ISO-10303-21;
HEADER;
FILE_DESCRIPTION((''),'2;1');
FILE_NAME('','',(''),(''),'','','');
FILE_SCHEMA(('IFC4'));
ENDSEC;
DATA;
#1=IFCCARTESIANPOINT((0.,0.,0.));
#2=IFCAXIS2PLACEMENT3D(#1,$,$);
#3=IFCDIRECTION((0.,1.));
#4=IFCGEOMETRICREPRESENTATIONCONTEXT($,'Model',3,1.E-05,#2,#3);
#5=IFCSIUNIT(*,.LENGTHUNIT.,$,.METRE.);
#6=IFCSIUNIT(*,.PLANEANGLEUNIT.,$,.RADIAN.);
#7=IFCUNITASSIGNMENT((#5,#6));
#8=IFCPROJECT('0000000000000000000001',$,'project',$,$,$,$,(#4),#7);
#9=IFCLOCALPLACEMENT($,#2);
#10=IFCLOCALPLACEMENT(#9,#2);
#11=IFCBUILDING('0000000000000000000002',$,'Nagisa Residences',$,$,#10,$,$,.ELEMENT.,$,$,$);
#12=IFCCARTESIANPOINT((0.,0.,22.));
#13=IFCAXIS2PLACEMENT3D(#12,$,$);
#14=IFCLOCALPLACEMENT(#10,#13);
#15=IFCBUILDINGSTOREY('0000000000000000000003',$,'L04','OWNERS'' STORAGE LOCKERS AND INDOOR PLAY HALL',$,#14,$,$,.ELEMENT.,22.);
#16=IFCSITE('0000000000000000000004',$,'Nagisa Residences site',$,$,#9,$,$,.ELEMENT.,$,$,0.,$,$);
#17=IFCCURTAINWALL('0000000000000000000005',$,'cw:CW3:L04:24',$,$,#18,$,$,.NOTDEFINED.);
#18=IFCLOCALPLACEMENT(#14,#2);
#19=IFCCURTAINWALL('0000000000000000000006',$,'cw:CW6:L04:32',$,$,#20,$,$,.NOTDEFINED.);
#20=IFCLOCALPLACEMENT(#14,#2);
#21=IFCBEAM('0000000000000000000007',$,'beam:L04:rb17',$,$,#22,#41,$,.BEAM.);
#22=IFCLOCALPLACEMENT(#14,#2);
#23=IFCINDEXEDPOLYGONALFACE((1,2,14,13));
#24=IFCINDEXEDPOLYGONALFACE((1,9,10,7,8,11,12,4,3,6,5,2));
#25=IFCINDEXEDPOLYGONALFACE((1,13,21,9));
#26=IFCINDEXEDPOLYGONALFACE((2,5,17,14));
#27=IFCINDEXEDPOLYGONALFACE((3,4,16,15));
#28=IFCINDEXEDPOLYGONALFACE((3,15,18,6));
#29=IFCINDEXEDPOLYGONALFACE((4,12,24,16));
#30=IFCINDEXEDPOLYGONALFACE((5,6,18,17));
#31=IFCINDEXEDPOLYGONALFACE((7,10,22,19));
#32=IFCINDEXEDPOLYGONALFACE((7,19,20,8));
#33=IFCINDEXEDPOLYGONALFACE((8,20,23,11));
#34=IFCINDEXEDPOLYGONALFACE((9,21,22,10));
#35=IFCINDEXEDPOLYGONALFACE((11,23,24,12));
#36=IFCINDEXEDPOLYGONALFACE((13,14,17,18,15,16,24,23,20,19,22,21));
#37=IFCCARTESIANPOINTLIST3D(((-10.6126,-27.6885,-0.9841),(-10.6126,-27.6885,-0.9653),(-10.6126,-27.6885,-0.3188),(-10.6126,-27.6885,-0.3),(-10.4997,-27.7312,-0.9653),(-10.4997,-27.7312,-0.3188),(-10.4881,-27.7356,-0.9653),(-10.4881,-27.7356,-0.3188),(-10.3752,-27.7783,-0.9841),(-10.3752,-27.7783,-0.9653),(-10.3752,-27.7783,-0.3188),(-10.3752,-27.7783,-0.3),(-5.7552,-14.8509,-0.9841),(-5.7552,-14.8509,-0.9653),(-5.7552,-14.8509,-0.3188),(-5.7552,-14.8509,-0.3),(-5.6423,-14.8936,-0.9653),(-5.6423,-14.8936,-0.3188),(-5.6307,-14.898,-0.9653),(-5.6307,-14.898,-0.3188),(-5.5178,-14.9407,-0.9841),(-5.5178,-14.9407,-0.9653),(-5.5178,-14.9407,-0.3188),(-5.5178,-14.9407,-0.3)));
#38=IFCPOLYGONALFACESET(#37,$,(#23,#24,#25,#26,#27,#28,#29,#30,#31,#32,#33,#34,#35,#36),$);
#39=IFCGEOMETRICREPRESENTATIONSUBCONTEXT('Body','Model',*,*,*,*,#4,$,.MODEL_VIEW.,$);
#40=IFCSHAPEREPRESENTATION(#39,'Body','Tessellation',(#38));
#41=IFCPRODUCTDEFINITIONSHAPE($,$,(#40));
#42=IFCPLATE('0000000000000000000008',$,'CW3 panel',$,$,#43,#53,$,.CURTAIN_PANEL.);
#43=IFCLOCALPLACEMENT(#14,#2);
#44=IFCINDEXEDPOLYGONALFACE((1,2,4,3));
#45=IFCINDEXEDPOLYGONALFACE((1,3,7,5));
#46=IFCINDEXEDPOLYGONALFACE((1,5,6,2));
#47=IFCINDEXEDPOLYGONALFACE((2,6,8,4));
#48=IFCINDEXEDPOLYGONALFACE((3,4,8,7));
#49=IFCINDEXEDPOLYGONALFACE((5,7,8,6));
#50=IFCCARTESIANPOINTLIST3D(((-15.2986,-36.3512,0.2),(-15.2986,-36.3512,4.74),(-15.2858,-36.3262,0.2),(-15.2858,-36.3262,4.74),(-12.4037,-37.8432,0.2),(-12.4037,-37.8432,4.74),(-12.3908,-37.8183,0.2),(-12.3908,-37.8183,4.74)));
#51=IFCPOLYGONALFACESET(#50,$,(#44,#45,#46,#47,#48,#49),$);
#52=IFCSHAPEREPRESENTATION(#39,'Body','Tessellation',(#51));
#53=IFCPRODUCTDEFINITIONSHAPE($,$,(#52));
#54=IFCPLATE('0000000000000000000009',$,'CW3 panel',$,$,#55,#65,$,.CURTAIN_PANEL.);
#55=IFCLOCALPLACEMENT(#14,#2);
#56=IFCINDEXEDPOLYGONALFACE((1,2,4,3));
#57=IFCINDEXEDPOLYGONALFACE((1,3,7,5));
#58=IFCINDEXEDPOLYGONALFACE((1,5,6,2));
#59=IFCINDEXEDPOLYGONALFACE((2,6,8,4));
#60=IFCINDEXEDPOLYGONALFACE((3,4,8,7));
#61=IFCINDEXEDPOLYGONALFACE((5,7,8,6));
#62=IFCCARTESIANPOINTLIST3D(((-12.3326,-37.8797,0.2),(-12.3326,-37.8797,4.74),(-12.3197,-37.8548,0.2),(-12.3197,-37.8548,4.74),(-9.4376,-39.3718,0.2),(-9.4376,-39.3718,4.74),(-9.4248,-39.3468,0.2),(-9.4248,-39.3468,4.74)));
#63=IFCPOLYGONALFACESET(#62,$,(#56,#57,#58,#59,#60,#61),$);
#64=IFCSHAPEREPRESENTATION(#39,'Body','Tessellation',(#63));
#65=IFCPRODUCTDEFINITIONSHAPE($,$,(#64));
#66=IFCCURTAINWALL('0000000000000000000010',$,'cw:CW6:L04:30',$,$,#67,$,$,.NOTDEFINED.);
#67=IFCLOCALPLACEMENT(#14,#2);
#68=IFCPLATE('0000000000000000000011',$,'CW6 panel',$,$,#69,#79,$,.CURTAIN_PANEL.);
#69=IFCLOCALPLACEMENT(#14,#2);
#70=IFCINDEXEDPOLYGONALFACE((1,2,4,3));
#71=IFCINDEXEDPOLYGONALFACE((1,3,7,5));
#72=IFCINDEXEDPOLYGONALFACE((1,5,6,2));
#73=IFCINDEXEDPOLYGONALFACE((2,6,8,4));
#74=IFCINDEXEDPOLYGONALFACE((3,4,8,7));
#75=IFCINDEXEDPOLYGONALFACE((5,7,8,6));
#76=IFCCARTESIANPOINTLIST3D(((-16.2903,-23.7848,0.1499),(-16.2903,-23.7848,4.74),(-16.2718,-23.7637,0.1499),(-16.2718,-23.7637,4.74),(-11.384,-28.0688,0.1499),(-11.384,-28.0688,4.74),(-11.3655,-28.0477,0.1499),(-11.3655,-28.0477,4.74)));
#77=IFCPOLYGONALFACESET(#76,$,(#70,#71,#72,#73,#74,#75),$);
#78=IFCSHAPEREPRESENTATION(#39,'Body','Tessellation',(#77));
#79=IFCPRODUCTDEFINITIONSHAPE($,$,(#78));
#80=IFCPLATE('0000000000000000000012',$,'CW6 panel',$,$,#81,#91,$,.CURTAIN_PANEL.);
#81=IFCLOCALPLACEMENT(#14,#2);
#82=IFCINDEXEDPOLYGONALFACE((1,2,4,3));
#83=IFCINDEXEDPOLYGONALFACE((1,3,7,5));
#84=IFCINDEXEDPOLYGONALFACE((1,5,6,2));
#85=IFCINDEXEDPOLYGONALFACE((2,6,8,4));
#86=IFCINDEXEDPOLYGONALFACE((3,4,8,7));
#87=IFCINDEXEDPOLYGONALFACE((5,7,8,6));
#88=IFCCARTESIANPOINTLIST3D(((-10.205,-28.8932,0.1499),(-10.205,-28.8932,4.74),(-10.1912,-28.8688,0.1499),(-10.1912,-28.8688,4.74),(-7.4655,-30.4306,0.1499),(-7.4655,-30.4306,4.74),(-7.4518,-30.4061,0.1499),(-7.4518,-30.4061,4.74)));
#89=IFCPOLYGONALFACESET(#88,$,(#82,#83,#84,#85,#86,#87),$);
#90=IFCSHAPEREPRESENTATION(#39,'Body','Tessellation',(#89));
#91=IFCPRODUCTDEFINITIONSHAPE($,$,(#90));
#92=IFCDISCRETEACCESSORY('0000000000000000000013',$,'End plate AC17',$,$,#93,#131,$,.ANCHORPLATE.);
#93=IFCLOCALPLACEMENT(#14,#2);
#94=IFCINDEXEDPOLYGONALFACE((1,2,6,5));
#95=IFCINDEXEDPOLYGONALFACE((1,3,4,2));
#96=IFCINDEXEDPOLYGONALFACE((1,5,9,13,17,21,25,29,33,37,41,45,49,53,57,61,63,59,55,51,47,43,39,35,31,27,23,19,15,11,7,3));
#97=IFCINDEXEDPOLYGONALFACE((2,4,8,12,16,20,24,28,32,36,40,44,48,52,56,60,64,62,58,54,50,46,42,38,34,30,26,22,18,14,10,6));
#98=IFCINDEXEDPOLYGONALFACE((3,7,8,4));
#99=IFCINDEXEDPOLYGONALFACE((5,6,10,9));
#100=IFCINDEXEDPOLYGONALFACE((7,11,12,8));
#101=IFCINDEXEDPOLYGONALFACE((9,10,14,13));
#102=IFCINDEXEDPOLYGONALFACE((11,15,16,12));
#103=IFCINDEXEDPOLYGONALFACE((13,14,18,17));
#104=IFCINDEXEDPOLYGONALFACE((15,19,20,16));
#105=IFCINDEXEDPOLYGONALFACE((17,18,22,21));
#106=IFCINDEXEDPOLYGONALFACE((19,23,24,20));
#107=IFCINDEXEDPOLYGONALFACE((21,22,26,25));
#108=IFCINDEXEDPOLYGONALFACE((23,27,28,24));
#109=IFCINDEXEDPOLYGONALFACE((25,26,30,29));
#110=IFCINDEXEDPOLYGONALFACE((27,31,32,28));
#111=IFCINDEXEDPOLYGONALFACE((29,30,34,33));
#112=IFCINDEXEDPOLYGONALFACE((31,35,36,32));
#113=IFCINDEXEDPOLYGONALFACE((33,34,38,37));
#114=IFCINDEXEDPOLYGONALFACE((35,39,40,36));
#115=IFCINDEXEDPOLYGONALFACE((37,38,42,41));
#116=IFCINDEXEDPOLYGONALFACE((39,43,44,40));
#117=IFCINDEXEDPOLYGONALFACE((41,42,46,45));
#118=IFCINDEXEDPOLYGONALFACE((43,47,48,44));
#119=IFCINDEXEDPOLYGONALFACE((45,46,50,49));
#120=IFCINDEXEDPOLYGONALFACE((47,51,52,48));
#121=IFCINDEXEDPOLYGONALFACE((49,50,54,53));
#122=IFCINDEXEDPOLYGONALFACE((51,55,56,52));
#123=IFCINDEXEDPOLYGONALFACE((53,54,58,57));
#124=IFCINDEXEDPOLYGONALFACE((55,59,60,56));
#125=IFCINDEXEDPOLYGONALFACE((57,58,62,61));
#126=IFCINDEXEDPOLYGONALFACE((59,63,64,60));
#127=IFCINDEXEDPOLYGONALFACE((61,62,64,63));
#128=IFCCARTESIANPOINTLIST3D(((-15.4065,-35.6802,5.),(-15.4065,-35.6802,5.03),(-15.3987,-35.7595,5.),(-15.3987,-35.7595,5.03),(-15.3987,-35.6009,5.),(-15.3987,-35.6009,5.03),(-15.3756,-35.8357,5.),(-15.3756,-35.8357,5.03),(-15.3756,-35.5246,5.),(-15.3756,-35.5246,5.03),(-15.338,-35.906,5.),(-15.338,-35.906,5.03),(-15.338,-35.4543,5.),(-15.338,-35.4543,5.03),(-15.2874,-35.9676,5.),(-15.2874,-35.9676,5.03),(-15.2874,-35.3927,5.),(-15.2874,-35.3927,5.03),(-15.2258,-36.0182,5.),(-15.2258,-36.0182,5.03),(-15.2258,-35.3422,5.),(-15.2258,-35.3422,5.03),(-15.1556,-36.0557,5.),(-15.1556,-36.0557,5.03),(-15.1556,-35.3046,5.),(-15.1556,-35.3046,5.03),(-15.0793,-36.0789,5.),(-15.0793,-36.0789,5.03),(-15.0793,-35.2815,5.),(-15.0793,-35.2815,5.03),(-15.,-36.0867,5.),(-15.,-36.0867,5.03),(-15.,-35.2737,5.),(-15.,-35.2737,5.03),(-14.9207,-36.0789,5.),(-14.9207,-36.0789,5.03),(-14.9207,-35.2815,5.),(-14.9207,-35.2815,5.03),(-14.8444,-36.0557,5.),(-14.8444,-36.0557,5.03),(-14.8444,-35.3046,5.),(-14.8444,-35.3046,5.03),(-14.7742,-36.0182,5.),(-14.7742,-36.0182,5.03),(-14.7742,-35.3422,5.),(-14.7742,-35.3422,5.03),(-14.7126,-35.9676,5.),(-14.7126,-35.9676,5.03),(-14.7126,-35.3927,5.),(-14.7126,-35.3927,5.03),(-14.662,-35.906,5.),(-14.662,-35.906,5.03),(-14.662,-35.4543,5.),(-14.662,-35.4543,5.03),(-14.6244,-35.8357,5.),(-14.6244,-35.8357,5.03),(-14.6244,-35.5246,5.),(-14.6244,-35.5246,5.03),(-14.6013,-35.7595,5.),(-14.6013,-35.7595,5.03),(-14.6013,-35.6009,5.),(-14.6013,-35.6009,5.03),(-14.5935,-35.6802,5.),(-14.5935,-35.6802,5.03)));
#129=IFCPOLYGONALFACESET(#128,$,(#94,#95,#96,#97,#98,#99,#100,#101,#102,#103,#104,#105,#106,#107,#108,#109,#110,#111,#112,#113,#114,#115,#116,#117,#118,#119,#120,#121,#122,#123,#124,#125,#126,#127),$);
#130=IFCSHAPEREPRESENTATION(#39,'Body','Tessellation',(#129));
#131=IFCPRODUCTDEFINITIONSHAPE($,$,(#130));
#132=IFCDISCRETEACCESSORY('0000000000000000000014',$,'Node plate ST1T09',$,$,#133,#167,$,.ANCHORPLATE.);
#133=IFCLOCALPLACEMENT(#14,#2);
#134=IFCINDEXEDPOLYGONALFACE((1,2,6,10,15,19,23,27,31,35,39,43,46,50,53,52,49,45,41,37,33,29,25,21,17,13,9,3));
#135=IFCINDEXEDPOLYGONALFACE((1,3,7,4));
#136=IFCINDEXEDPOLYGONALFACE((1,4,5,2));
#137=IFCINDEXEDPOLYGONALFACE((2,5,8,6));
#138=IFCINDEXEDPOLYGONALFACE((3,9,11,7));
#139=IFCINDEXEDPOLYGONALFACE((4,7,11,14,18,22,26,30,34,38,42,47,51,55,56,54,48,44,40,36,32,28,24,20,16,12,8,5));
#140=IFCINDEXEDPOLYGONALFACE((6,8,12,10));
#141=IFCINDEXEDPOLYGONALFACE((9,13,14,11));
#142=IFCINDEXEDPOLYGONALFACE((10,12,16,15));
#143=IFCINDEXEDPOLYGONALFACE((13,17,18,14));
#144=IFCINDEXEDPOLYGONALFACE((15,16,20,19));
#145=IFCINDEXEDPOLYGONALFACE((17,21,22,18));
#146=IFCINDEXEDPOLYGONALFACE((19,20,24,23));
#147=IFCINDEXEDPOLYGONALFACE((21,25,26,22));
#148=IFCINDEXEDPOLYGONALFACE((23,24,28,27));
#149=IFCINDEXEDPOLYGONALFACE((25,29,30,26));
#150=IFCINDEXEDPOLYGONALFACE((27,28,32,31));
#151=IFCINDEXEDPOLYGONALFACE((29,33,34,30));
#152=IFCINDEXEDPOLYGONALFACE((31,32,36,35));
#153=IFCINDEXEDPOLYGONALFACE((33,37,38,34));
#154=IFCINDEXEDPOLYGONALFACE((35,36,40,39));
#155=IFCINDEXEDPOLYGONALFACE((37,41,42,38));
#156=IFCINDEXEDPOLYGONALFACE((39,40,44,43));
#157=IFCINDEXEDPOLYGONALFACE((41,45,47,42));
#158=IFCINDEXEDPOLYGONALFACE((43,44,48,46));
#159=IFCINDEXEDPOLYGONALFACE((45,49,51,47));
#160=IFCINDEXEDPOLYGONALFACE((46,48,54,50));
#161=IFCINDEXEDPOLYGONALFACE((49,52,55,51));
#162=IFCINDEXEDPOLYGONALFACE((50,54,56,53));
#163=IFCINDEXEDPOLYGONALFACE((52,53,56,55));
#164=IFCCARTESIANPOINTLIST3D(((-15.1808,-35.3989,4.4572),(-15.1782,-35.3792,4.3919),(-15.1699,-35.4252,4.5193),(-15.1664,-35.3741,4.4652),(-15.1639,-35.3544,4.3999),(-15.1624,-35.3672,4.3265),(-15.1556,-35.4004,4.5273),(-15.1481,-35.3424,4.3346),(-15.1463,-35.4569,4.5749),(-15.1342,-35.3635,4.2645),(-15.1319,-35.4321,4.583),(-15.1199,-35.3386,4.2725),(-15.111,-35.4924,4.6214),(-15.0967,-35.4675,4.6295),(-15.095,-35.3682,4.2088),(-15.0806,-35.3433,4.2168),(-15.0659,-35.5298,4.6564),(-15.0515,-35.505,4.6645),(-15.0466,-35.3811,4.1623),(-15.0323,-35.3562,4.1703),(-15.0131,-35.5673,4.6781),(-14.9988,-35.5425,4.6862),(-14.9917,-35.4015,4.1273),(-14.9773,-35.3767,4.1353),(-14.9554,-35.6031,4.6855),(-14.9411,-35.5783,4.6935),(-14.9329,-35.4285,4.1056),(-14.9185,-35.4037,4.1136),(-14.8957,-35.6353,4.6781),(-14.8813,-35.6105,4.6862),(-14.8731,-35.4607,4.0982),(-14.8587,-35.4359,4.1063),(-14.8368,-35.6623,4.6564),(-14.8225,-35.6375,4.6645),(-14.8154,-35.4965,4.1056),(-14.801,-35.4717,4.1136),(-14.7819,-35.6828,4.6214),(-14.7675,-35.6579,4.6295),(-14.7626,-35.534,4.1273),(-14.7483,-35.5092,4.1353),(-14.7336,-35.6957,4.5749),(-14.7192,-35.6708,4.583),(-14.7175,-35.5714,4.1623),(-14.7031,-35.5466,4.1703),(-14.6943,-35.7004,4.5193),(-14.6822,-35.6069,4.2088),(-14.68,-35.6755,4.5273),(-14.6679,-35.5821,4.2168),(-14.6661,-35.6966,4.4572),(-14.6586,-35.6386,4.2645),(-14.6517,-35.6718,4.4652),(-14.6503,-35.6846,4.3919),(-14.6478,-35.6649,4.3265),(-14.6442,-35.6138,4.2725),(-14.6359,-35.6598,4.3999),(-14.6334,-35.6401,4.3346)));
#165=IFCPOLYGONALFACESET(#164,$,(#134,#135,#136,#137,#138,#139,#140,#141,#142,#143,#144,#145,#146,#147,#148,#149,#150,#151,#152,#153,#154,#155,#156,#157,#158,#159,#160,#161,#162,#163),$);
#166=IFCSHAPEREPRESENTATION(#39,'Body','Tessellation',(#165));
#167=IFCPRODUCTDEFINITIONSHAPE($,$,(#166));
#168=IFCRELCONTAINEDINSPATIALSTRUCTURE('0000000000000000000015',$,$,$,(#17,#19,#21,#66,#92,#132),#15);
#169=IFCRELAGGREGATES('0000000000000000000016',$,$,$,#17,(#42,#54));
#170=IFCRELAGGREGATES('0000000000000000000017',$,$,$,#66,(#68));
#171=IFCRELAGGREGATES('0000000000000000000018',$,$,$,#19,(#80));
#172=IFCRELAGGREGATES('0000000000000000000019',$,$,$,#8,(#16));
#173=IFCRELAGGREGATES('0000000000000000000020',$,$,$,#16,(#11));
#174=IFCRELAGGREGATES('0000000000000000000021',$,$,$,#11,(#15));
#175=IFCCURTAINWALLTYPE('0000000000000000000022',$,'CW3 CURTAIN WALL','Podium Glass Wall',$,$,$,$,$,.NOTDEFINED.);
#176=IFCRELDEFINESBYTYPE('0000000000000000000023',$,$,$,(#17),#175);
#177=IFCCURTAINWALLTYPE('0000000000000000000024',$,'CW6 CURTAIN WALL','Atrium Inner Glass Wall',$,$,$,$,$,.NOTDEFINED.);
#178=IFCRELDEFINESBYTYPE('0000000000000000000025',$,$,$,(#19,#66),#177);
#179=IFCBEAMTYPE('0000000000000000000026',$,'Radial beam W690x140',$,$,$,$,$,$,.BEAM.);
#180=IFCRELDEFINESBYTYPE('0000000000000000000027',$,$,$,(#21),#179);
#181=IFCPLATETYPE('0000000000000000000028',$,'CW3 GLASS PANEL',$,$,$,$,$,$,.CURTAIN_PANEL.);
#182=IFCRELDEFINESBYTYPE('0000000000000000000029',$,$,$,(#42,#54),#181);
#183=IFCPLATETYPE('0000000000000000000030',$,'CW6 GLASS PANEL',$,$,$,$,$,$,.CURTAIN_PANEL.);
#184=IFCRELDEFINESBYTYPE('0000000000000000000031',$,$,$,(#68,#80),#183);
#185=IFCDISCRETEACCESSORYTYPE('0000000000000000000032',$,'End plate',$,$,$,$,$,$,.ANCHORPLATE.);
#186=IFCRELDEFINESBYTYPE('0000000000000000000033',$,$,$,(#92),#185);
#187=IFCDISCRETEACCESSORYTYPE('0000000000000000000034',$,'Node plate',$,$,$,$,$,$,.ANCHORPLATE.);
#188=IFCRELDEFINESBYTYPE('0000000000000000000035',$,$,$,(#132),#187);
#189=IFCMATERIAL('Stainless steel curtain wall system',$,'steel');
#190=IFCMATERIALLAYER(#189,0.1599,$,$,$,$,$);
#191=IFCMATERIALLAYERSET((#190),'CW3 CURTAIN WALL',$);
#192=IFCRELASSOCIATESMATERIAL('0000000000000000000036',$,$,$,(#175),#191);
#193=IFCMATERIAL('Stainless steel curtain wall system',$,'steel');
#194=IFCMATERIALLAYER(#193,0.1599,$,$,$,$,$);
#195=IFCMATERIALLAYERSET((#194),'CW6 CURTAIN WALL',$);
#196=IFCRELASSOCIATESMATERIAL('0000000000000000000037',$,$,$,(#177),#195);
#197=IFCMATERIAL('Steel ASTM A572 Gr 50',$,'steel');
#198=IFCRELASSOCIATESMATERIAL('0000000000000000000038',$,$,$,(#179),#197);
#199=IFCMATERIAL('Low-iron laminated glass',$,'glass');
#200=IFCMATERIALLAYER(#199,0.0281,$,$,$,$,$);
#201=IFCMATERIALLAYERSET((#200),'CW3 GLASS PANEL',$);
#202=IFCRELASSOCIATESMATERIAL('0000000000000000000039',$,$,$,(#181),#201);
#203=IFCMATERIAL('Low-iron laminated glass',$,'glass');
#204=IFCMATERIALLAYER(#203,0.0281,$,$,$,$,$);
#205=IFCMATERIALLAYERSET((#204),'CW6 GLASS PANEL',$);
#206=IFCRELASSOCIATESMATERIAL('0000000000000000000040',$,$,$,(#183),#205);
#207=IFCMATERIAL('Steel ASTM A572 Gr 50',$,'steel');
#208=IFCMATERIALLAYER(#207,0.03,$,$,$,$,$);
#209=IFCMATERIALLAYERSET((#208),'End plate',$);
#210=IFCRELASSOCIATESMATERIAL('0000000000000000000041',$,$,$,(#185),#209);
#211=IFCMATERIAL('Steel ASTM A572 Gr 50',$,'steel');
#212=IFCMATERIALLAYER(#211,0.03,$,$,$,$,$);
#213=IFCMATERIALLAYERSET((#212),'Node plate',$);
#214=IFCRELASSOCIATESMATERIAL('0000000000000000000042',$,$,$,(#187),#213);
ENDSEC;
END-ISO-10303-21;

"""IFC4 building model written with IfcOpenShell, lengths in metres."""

from ifc_helpers import new_model, si_unit, direction, frame, origin, origin_2d, place, context, subcontext, project, spatial, rectangle, circle, i_section, extrude, material, layer, layer_set, material_profile, profile_set, type_object, element, aggregate, save


model = new_model("IFC4")

# Units and contexts
model_context = context("Model", 3, precision=1e-05, world=origin(), true_north=direction((0.0, 1.0)))
body_context = subcontext(model_context, "Body", "Model", "MODEL_VIEW")
ifc_project = project(units=[si_unit("LENGTHUNIT", "METRE"), si_unit("PLANEANGLEUNIT", "RADIAN")], contexts=[model_context])

# Site, building, storey
site_placement = place(None, origin())
site = spatial("IfcSite", under=ifc_project, at=site_placement, Name="Nagisa Residences site", CompositionType="ELEMENT", RefElevation=0.0)
building_placement = place(site_placement, origin())
building = spatial("IfcBuilding", under=site, at=building_placement, Name="Nagisa Residences", CompositionType="ELEMENT")
storey_placement = place(building_placement, frame((0.0, 0.0, 22.0)))
storey = spatial("IfcBuildingStorey", under=building, at=storey_placement, Name="L04", Description="OWNERS' STORAGE LOCKERS AND INDOOR PLAY HALL", CompositionType="ELEMENT", Elevation=22.0)

# Curtain walls
ifc_material_1 = material(Name="Stainless steel curtain wall system", Category="steel")
ifc_layer_1 = layer(ifc_material_1, 0.1599)
ifc_layer_set_1 = layer_set([ifc_layer_1], Name="CW3 CURTAIN WALL")
curtain_wall_type_1 = type_object("IfcCurtainWallType", Name="CW3 CURTAIN WALL", Description="Podium Glass Wall", PredefinedType="NOTDEFINED", material=ifc_layer_set_1)
curtain_wall_1_placement = place(storey_placement, origin())
curtain_wall_1 = element("IfcCurtainWall", 1, at=curtain_wall_1_placement, inside=storey, type_object=curtain_wall_type_1, Name="cw:CW3:L04:24", PredefinedType="NOTDEFINED")
ifc_material_2 = material(Name="Stainless steel curtain wall system", Category="steel")
ifc_layer_2 = layer(ifc_material_2, 0.1599)
ifc_layer_set_2 = layer_set([ifc_layer_2], Name="CW6 CURTAIN WALL")
curtain_wall_type_2 = type_object("IfcCurtainWallType", Name="CW6 CURTAIN WALL", Description="Atrium Inner Glass Wall", PredefinedType="NOTDEFINED", material=ifc_layer_set_2)
curtain_wall_2_placement = place(storey_placement, origin())
curtain_wall_2 = element("IfcCurtainWall", 2, at=curtain_wall_2_placement, inside=storey, type_object=curtain_wall_type_2, Name="cw:CW6:L04:32", PredefinedType="NOTDEFINED")

# Beam
ifc_material_3 = material(Name="Steel ASTM A572 Gr 50", Category="steel")
ifc_material_profile_1 = material_profile(ifc_material_3, i_section(OverallWidth=0.2539, OverallDepth=0.6841, WebThickness=0.0125, FlangeThickness=0.0188, at=origin_2d()), Name="W690x140")
ifc_profile_set_1 = profile_set([ifc_material_profile_1], Name="Steel ASTM A572 Gr 50")
beam_type_1 = type_object("IfcBeamType", Name="Radial beam W690x140", PredefinedType="BEAM", material=ifc_profile_set_1)
beam_1_placement = place(storey_placement, frame((-10.4939, -27.7334, -0.6421), z_axis=(0.353888, 0.935288, 0.0), x_axis=(-0.935288, 0.353888, 0.0)))
element("IfcBeam", 3, at=beam_1_placement, inside=storey, type_object=beam_type_1, Name="beam:L04:rb17", PredefinedType="BEAM", context=body_context, shape_type="SweptSolid", body=[
    extrude(i_section(OverallWidth=0.2539, OverallDepth=0.6841, WebThickness=0.0125, FlangeThickness=0.0188, at=origin_2d()), origin(), (0.0, 0.0, 1.0), 13.7258),
])

# Plates
ifc_material_4 = material(Name="Low-iron laminated glass", Category="glass")
ifc_layer_3 = layer(ifc_material_4, 0.0281)
ifc_layer_set_3 = layer_set([ifc_layer_3], Name="CW3 GLASS PANEL")
plate_type_1 = type_object("IfcPlateType", Name="CW3 GLASS PANEL", PredefinedType="CURTAIN_PANEL", material=ifc_layer_set_3)
plate_1_placement = place(storey_placement, frame((-13.8447, -37.0847, 0.2), z_axis=(0.0, 0.0, 1.0), x_axis=(0.888887, -0.458126, 0.0)))
plate_1 = element("IfcPlate", 4, at=plate_1_placement, type_object=plate_type_1, Name="CW3 panel", PredefinedType="CURTAIN_PANEL", context=body_context, shape_type="SweptSolid", body=[
    extrude(rectangle(XDim=3.2568, YDim=0.0281, at=origin_2d()), origin(), (0.0, 0.0, 1.0), 4.54),
])
plate_2_placement = place(storey_placement, frame((-10.8787, -38.6133, 0.2), z_axis=(0.0, 0.0, 1.0), x_axis=(0.888887, -0.458126, 0.0)))
plate_2 = element("IfcPlate", 5, at=plate_2_placement, type_object=plate_type_1, Name="CW3 panel", PredefinedType="CURTAIN_PANEL", context=body_context, shape_type="SweptSolid", body=[
    extrude(rectangle(XDim=3.2568, YDim=0.0281, at=origin_2d()), origin(), (0.0, 0.0, 1.0), 4.54),
])
aggregate(curtain_wall_1, [plate_1, plate_2])

# Curtain wall, plate
curtain_wall_3_placement = place(storey_placement, origin())
curtain_wall_3 = element("IfcCurtainWall", 6, at=curtain_wall_3_placement, inside=storey, type_object=curtain_wall_type_2, Name="cw:CW6:L04:30", PredefinedType="NOTDEFINED")
ifc_material_5 = material(Name="Low-iron laminated glass", Category="glass")
ifc_layer_4 = layer(ifc_material_5, 0.0281)
ifc_layer_set_4 = layer_set([ifc_layer_4], Name="CW6 GLASS PANEL")
plate_type_2 = type_object("IfcPlateType", Name="CW6 GLASS PANEL", PredefinedType="CURTAIN_PANEL", material=ifc_layer_set_4)
plate_3_placement = place(storey_placement, frame((-13.8279, -25.9163, 0.1499), z_axis=(0.0, 0.0, 1.0), x_axis=(0.753261, -0.657721, 0.0)))
plate_3 = element("IfcPlate", 7, at=plate_3_placement, type_object=plate_type_2, Name="CW6 panel", PredefinedType="CURTAIN_PANEL", context=body_context, shape_type="SweptSolid", body=[
    extrude(rectangle(XDim=6.5134, YDim=0.0281, at=origin_2d()), origin(), (0.0, 0.0, 1.0), 4.5901),
])
aggregate(curtain_wall_3, [plate_3])

# Plate
plate_4_placement = place(storey_placement, frame((-8.8284, -29.6497, 0.1499), z_axis=(0.0, 0.0, 1.0), x_axis=(0.872072, -0.489377, 0.0)))
plate_4 = element("IfcPlate", 8, at=plate_4_placement, type_object=plate_type_2, Name="CW6 panel", PredefinedType="CURTAIN_PANEL", context=body_context, shape_type="SweptSolid", body=[
    extrude(rectangle(XDim=3.1414, YDim=0.0281, at=origin_2d()), origin(), (0.0, 0.0, 1.0), 4.5901),
])
aggregate(curtain_wall_2, [plate_4])

# Discrete accessories
ifc_material_6 = material(Name="Steel ASTM A572 Gr 50", Category="steel")
ifc_layer_5 = layer(ifc_material_6, 0.03)
ifc_layer_set_5 = layer_set([ifc_layer_5], Name="End plate")
discrete_accessory_type_1 = type_object("IfcDiscreteAccessoryType", Name="End plate", PredefinedType="ANCHORPLATE", material=ifc_layer_set_5)
discrete_accessory_1_placement = place(storey_placement, frame((-15.0, -35.6802, 5.0), z_axis=(0.0, 0.0, 1.0), x_axis=(1.0, 0.0, 0.0)))
element("IfcDiscreteAccessory", 9, at=discrete_accessory_1_placement, inside=storey, type_object=discrete_accessory_type_1, Name="End plate AC17", PredefinedType="ANCHORPLATE", context=body_context, shape_type="SweptSolid", body=[
    extrude(circle(Radius=0.4065, at=origin_2d()), origin(), (0.0, 0.0, 1.0), 0.03),
])
ifc_material_7 = material(Name="Steel ASTM A572 Gr 50", Category="steel")
ifc_layer_6 = layer(ifc_material_7, 0.03)
ifc_layer_set_6 = layer_set([ifc_layer_6], Name="Node plate")
discrete_accessory_type_2 = type_object("IfcDiscreteAccessoryType", Name="Node plate", PredefinedType="ANCHORPLATE", material=ifc_layer_set_6)
discrete_accessory_2_placement = place(storey_placement, frame((-14.8999, -35.5071, 4.3999), z_axis=(-0.482151, -0.833549, -0.269678), x_axis=(0.86562, -0.500702, 0.0)))
element("IfcDiscreteAccessory", 10, at=discrete_accessory_2_placement, inside=storey, type_object=discrete_accessory_type_2, Name="Node plate ST1T09", PredefinedType="ANCHORPLATE", context=body_context, shape_type="SweptSolid", body=[
    extrude(circle(Radius=0.3049, at=origin_2d()), origin(), (0.0, 0.0, 1.0), 0.0298),
])

save(model, "model.ifc")
